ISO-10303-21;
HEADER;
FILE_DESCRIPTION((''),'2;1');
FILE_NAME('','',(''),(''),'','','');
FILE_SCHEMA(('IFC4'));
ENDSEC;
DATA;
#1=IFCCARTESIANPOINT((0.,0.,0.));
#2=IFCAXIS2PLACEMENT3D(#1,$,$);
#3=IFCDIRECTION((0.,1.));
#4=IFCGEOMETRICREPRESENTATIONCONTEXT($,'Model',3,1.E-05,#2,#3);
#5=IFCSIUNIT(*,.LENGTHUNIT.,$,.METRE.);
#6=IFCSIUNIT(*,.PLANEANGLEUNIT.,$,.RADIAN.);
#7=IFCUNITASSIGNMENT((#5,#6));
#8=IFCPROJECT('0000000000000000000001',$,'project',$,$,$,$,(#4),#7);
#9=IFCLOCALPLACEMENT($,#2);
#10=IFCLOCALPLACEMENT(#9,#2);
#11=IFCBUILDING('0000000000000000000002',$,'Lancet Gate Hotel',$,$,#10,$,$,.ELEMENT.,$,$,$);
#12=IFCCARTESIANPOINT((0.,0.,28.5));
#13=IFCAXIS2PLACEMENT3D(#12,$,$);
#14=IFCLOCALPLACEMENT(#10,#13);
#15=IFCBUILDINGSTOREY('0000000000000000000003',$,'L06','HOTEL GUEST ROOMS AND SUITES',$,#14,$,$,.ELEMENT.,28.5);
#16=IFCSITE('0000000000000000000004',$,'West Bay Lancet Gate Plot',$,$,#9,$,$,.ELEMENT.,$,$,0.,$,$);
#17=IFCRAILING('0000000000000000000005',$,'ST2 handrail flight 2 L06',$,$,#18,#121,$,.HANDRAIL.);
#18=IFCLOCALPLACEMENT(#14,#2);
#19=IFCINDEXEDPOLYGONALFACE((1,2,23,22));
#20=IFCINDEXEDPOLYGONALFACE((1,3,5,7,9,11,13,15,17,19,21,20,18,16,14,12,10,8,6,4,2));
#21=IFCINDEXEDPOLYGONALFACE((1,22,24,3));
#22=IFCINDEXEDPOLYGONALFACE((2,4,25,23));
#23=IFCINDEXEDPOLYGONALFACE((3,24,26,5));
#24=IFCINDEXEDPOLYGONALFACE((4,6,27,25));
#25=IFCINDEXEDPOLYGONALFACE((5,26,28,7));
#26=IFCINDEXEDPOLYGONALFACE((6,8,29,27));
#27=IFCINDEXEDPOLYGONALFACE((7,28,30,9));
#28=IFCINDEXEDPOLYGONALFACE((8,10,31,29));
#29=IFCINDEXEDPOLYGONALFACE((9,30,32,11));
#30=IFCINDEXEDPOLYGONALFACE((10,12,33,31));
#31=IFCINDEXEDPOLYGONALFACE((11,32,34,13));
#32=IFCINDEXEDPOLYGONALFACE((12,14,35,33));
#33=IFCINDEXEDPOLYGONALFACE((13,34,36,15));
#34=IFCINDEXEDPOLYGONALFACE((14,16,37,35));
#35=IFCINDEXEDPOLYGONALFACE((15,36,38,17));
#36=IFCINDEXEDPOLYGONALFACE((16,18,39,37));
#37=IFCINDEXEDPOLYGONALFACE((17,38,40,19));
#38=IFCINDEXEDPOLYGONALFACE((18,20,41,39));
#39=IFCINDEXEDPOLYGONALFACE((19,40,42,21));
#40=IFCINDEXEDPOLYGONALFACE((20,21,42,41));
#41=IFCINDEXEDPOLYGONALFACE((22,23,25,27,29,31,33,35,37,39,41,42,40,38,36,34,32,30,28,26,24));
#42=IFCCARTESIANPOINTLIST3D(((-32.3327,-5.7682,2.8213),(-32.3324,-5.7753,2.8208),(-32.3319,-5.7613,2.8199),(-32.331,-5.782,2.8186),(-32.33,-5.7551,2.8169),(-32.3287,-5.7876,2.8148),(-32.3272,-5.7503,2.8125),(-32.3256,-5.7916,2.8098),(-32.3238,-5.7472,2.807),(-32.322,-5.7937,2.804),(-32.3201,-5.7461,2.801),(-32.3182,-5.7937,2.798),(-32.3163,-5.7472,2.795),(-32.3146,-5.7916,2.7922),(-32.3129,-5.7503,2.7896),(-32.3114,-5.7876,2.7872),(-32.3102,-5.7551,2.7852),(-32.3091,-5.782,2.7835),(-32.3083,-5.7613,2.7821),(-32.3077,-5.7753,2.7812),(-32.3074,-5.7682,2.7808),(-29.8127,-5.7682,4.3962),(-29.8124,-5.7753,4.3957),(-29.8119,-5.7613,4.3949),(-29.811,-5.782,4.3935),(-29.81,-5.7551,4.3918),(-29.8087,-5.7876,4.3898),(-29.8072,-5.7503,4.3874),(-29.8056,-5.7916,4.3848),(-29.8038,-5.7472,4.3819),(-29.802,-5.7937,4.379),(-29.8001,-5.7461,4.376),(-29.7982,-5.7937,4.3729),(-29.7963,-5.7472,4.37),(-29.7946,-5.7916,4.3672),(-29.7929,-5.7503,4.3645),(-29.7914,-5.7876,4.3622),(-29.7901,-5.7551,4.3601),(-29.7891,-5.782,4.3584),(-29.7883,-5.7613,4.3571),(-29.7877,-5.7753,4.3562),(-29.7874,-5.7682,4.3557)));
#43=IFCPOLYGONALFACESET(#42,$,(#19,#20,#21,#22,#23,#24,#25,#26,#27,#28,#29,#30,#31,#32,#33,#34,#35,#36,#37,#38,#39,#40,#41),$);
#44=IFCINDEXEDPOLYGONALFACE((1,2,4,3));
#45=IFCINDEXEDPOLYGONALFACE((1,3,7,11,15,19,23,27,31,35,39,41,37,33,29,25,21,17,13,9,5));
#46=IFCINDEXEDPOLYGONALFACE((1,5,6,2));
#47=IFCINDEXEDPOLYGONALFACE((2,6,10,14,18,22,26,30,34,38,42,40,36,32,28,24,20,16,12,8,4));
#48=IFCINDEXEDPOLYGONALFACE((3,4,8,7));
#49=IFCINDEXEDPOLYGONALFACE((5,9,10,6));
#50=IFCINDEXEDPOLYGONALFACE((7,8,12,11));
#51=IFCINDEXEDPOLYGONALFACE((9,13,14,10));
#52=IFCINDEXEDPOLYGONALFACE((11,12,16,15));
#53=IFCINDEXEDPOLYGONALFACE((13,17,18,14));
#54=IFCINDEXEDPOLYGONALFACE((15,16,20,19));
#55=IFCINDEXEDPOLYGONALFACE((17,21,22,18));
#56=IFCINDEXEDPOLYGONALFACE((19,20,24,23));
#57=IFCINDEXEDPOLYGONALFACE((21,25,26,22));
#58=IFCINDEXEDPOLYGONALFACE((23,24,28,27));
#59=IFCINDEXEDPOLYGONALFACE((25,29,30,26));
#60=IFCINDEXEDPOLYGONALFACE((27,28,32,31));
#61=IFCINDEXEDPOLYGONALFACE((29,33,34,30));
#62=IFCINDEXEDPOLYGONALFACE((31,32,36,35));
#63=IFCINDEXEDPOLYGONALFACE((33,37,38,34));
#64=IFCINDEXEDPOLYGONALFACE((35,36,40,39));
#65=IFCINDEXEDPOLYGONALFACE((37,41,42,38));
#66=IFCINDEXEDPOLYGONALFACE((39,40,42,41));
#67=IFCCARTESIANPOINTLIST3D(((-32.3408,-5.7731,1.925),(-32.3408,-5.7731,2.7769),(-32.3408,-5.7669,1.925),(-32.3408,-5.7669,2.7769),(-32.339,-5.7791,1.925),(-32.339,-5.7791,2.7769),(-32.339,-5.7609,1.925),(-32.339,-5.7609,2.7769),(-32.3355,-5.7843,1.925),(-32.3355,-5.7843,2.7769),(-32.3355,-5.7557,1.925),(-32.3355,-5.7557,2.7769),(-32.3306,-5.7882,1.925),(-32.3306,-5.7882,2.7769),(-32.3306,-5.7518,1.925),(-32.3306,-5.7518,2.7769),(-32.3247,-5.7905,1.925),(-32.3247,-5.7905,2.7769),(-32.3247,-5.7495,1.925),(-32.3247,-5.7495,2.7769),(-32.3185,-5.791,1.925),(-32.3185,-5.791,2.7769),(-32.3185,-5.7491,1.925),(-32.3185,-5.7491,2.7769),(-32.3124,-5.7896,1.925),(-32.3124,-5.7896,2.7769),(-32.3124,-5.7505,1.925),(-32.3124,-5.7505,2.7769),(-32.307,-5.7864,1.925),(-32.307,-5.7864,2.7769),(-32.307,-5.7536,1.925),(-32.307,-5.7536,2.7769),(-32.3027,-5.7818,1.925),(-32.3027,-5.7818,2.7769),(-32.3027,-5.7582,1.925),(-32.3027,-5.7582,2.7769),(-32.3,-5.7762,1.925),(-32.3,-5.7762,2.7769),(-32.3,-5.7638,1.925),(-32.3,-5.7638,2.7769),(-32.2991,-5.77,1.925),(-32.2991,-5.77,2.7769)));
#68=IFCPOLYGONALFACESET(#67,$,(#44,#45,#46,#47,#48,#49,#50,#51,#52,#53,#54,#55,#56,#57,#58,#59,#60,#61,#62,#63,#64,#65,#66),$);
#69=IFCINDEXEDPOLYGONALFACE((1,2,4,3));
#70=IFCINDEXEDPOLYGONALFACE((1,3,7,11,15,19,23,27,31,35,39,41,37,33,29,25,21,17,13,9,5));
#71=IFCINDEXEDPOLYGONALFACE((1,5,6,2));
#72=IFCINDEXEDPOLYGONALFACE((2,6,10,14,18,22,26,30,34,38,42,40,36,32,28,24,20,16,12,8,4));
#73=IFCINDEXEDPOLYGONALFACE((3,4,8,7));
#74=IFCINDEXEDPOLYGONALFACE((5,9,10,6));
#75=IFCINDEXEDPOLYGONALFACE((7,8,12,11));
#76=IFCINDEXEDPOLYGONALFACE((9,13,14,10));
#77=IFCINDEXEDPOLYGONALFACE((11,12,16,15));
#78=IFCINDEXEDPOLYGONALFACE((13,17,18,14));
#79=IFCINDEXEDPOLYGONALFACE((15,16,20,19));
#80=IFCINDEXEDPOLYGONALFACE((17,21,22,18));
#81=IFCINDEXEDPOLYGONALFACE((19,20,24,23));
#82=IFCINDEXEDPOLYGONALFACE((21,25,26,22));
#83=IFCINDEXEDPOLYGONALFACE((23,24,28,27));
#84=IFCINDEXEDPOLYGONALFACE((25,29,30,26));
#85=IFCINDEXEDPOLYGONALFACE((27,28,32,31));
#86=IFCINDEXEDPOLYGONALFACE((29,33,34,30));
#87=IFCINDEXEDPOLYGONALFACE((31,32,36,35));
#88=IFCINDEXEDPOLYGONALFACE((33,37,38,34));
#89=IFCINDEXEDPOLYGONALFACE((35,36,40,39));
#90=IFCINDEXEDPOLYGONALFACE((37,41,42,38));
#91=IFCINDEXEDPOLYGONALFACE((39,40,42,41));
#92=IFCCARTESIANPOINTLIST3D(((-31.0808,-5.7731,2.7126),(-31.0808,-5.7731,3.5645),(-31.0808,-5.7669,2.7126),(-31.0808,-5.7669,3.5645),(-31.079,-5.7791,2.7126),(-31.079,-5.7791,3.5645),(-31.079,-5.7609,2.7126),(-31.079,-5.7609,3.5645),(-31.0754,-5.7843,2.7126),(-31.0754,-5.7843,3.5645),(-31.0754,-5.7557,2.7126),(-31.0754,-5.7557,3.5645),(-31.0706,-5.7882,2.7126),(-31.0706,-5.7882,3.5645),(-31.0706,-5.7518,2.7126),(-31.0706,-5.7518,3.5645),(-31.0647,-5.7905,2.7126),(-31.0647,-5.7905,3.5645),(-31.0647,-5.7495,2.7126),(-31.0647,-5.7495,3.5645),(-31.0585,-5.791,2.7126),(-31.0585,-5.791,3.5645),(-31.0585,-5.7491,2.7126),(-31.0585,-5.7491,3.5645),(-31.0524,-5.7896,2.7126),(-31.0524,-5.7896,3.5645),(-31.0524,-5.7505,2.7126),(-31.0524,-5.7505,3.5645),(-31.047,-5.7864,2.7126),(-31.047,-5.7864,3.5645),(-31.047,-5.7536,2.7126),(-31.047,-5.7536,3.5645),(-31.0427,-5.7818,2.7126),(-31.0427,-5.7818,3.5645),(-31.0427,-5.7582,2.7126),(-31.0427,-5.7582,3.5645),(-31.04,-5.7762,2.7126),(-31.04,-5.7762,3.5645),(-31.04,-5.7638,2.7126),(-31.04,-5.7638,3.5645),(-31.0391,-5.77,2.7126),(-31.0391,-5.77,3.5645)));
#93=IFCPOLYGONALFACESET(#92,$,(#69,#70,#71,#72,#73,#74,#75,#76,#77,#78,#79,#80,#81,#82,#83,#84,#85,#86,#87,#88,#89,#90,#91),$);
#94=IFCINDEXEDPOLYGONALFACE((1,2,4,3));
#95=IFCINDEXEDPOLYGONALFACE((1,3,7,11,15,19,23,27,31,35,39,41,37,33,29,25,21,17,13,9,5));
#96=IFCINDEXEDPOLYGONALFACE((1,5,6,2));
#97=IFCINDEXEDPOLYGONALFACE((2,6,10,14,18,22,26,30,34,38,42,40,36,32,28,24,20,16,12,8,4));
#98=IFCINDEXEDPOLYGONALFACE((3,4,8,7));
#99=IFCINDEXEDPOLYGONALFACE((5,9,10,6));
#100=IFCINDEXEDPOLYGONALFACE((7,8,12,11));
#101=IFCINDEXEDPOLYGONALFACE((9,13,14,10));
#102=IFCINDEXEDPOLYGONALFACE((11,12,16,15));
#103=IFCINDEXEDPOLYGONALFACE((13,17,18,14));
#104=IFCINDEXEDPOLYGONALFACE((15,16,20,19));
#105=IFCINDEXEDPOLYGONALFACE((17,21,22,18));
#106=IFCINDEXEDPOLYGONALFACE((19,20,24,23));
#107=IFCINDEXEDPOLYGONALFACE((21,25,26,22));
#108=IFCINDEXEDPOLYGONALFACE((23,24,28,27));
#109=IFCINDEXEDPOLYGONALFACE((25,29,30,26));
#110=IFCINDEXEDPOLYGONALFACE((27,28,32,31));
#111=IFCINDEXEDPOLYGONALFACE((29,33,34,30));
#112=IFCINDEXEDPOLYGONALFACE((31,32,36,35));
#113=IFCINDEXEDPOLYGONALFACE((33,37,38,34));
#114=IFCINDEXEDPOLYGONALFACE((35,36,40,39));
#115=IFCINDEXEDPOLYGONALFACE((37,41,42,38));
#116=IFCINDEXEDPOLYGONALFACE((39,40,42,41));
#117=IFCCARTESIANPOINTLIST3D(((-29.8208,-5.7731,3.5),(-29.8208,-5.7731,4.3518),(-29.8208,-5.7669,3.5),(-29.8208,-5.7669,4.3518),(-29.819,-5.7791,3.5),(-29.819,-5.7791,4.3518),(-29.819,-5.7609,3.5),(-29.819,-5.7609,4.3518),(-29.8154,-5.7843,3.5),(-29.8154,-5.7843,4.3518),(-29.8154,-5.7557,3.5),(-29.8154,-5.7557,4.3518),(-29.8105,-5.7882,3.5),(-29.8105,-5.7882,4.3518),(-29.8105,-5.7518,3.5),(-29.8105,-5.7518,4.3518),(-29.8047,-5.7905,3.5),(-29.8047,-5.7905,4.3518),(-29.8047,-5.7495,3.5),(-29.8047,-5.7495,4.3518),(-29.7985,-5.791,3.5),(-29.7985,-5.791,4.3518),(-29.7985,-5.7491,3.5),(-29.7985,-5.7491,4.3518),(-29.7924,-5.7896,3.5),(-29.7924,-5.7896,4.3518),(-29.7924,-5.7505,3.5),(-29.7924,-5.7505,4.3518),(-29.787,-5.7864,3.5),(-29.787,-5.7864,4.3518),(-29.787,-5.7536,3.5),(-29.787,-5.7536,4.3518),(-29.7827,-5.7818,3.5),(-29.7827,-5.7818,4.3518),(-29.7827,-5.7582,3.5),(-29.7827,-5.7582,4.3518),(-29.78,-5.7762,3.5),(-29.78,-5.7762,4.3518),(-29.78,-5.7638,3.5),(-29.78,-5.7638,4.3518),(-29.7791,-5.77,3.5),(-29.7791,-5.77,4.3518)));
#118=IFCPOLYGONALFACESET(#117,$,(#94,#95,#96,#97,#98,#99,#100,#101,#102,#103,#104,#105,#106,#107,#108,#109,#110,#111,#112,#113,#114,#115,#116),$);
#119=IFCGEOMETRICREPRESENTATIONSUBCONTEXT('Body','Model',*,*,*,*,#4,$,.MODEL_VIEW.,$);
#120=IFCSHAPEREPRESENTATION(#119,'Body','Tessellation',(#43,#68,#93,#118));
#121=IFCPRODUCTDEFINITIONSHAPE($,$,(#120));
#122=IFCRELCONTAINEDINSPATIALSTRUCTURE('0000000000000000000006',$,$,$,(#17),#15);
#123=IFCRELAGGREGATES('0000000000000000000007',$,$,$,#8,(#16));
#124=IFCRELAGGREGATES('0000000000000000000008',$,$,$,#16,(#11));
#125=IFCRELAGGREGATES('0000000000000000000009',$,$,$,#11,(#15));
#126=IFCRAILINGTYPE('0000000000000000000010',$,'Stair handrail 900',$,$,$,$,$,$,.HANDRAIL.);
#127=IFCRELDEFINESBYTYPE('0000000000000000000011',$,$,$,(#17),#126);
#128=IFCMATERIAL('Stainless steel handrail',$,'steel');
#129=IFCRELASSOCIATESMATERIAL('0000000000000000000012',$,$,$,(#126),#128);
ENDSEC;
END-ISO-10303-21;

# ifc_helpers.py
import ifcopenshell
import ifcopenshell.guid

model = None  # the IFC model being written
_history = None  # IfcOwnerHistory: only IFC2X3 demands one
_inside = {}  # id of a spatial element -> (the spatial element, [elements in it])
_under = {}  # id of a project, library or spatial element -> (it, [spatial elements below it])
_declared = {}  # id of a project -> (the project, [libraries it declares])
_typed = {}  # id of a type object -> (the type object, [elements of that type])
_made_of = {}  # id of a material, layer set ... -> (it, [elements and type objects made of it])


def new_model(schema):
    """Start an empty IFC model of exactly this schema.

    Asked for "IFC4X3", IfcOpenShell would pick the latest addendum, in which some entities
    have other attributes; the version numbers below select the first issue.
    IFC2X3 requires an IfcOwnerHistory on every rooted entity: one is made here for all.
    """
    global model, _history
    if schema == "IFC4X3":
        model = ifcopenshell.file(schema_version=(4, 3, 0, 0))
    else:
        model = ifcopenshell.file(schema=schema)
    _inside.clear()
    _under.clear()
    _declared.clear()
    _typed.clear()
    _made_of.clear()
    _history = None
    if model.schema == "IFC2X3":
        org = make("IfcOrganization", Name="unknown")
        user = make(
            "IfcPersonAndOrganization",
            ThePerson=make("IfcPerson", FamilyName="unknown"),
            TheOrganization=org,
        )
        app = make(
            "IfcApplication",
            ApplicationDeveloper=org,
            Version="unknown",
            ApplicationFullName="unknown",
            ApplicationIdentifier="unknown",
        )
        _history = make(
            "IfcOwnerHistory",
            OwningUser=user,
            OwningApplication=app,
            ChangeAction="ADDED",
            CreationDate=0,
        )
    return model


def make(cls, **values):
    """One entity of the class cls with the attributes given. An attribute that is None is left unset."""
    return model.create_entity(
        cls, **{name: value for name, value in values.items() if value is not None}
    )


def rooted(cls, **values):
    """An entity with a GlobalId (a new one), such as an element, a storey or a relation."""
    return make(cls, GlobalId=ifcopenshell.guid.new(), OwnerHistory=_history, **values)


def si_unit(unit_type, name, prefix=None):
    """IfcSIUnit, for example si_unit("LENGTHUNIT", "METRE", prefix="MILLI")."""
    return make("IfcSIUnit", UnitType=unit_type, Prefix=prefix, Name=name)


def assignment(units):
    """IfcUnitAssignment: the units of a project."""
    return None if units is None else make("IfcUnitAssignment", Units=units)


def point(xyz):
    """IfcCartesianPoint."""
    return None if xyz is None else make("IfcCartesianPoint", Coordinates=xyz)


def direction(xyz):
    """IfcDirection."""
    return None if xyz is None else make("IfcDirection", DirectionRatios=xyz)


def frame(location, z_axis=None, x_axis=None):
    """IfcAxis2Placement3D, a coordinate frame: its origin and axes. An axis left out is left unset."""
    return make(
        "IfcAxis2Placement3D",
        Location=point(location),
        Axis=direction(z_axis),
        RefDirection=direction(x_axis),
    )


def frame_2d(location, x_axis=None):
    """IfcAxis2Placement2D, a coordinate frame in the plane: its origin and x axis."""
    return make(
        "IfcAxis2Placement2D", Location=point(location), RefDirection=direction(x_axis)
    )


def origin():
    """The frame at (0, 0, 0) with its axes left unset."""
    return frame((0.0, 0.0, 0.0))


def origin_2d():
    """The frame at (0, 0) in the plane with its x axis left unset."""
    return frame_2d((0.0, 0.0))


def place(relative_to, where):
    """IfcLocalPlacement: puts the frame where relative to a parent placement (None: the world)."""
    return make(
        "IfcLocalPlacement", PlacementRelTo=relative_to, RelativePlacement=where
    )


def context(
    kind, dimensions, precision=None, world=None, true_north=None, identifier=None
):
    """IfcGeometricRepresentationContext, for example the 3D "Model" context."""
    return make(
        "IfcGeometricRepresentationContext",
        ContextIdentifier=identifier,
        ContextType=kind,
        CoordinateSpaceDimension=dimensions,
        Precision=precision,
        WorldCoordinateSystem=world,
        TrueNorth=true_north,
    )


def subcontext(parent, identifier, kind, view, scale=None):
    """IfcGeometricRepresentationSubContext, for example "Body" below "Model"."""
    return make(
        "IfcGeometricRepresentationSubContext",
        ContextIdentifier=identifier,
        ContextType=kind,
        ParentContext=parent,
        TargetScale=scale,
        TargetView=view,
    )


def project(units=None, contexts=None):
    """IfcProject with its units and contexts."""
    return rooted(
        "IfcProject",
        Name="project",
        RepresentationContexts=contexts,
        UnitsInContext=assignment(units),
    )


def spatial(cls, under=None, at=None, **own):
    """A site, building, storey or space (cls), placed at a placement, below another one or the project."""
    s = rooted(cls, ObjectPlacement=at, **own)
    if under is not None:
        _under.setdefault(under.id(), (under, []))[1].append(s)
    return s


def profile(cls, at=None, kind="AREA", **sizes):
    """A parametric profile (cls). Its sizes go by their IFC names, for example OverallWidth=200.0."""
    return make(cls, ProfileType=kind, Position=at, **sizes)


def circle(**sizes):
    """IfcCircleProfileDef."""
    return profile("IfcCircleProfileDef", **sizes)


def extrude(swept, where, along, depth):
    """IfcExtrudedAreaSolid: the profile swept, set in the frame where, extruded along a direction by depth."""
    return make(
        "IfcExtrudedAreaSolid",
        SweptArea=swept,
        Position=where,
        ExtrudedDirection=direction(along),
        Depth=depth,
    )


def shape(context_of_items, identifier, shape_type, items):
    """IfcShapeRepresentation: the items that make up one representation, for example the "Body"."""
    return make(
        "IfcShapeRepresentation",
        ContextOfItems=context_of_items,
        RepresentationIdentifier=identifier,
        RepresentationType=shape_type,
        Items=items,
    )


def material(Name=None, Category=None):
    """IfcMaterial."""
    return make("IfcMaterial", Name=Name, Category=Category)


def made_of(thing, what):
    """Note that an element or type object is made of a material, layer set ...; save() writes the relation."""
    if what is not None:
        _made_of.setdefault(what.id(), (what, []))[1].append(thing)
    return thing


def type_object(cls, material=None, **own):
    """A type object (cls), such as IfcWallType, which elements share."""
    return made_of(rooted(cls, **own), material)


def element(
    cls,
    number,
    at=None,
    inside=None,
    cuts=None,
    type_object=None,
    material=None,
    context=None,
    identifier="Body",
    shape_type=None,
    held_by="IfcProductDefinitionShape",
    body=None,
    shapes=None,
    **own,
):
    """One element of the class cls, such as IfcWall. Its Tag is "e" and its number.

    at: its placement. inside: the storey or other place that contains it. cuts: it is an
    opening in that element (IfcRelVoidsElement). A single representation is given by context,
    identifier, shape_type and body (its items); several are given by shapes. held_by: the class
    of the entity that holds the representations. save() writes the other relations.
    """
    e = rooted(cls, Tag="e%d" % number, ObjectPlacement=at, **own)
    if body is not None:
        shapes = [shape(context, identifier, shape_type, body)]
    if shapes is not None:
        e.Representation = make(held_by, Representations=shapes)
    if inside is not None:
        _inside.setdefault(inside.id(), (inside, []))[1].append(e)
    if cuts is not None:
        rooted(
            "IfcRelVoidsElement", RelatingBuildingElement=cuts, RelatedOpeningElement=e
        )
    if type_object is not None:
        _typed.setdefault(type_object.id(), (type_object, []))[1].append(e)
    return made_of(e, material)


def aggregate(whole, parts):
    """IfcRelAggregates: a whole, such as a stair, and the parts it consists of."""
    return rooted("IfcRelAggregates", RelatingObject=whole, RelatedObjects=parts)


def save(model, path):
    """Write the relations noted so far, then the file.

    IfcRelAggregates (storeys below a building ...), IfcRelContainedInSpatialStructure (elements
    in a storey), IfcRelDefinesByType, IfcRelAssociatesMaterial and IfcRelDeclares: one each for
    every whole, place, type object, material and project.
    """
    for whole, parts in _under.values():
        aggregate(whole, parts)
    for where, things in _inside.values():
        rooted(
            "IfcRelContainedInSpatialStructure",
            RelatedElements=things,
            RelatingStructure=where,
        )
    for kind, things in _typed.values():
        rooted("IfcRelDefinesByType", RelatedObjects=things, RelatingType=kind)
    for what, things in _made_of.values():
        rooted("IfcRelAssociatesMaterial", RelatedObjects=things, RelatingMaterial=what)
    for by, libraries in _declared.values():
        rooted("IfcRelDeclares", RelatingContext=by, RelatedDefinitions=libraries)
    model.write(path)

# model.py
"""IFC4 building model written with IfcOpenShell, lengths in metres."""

from ifc_helpers import new_model, si_unit, direction, frame, origin, origin_2d, place, context, subcontext, project, spatial, circle, extrude, material, type_object, element, save


model = new_model("IFC4")

# Units and contexts
model_context = context("Model", 3, precision=1e-05, world=origin(), true_north=direction((0.0, 1.0)))
body_context = subcontext(model_context, "Body", "Model", "MODEL_VIEW")
ifc_project = project(units=[si_unit("LENGTHUNIT", "METRE"), si_unit("PLANEANGLEUNIT", "RADIAN")], contexts=[model_context])

# Site, building, storey
site_placement = place(None, origin())
site = spatial("IfcSite", under=ifc_project, at=site_placement, Name="West Bay Lancet Gate Plot", CompositionType="ELEMENT", RefElevation=0.0)
building_placement = place(site_placement, origin())
building = spatial("IfcBuilding", under=site, at=building_placement, Name="Lancet Gate Hotel", CompositionType="ELEMENT")
storey_placement = place(building_placement, frame((0.0, 0.0, 28.5)))
storey = spatial("IfcBuildingStorey", under=building, at=storey_placement, Name="L06", Description="HOTEL GUEST ROOMS AND SUITES", CompositionType="ELEMENT", Elevation=28.5)

# Railing
ifc_material_1 = material(Name="Stainless steel handrail", Category="steel")
railing_type = type_object("IfcRailingType", Name="Stair handrail 900", PredefinedType="HANDRAIL", material=ifc_material_1)
railing_1_placement = place(storey_placement, frame((-32.3201, -5.77, 1.925)))
element("IfcRailing", 1, at=railing_1_placement, inside=storey, type_object=railing_type, Name="ST2 handrail flight 2 L06", PredefinedType="HANDRAIL", context=body_context, shape_type="SweptSolid", body=[
    extrude(circle(Radius=0.0239, at=origin_2d()), frame((0.0, 0.0, 0.876), z_axis=(0.848008, 0.0, 0.529984), x_axis=(0.0, 1.0, 0.0)), (0.0, 0.0, 1.0), 2.9717),
    extrude(circle(Radius=0.021, at=origin_2d()), origin(), (0.0, 0.0, 1.0), 0.8518),
    extrude(circle(Radius=0.021, at=origin_2d()), frame((1.26, 0.0, 0.7876)), (0.0, 0.0, 1.0), 0.8518),
    extrude(circle(Radius=0.021, at=origin_2d()), frame((2.52, 0.0, 1.575)), (0.0, 0.0, 1.0), 0.8518),
])

save(model, "model.ifc")
